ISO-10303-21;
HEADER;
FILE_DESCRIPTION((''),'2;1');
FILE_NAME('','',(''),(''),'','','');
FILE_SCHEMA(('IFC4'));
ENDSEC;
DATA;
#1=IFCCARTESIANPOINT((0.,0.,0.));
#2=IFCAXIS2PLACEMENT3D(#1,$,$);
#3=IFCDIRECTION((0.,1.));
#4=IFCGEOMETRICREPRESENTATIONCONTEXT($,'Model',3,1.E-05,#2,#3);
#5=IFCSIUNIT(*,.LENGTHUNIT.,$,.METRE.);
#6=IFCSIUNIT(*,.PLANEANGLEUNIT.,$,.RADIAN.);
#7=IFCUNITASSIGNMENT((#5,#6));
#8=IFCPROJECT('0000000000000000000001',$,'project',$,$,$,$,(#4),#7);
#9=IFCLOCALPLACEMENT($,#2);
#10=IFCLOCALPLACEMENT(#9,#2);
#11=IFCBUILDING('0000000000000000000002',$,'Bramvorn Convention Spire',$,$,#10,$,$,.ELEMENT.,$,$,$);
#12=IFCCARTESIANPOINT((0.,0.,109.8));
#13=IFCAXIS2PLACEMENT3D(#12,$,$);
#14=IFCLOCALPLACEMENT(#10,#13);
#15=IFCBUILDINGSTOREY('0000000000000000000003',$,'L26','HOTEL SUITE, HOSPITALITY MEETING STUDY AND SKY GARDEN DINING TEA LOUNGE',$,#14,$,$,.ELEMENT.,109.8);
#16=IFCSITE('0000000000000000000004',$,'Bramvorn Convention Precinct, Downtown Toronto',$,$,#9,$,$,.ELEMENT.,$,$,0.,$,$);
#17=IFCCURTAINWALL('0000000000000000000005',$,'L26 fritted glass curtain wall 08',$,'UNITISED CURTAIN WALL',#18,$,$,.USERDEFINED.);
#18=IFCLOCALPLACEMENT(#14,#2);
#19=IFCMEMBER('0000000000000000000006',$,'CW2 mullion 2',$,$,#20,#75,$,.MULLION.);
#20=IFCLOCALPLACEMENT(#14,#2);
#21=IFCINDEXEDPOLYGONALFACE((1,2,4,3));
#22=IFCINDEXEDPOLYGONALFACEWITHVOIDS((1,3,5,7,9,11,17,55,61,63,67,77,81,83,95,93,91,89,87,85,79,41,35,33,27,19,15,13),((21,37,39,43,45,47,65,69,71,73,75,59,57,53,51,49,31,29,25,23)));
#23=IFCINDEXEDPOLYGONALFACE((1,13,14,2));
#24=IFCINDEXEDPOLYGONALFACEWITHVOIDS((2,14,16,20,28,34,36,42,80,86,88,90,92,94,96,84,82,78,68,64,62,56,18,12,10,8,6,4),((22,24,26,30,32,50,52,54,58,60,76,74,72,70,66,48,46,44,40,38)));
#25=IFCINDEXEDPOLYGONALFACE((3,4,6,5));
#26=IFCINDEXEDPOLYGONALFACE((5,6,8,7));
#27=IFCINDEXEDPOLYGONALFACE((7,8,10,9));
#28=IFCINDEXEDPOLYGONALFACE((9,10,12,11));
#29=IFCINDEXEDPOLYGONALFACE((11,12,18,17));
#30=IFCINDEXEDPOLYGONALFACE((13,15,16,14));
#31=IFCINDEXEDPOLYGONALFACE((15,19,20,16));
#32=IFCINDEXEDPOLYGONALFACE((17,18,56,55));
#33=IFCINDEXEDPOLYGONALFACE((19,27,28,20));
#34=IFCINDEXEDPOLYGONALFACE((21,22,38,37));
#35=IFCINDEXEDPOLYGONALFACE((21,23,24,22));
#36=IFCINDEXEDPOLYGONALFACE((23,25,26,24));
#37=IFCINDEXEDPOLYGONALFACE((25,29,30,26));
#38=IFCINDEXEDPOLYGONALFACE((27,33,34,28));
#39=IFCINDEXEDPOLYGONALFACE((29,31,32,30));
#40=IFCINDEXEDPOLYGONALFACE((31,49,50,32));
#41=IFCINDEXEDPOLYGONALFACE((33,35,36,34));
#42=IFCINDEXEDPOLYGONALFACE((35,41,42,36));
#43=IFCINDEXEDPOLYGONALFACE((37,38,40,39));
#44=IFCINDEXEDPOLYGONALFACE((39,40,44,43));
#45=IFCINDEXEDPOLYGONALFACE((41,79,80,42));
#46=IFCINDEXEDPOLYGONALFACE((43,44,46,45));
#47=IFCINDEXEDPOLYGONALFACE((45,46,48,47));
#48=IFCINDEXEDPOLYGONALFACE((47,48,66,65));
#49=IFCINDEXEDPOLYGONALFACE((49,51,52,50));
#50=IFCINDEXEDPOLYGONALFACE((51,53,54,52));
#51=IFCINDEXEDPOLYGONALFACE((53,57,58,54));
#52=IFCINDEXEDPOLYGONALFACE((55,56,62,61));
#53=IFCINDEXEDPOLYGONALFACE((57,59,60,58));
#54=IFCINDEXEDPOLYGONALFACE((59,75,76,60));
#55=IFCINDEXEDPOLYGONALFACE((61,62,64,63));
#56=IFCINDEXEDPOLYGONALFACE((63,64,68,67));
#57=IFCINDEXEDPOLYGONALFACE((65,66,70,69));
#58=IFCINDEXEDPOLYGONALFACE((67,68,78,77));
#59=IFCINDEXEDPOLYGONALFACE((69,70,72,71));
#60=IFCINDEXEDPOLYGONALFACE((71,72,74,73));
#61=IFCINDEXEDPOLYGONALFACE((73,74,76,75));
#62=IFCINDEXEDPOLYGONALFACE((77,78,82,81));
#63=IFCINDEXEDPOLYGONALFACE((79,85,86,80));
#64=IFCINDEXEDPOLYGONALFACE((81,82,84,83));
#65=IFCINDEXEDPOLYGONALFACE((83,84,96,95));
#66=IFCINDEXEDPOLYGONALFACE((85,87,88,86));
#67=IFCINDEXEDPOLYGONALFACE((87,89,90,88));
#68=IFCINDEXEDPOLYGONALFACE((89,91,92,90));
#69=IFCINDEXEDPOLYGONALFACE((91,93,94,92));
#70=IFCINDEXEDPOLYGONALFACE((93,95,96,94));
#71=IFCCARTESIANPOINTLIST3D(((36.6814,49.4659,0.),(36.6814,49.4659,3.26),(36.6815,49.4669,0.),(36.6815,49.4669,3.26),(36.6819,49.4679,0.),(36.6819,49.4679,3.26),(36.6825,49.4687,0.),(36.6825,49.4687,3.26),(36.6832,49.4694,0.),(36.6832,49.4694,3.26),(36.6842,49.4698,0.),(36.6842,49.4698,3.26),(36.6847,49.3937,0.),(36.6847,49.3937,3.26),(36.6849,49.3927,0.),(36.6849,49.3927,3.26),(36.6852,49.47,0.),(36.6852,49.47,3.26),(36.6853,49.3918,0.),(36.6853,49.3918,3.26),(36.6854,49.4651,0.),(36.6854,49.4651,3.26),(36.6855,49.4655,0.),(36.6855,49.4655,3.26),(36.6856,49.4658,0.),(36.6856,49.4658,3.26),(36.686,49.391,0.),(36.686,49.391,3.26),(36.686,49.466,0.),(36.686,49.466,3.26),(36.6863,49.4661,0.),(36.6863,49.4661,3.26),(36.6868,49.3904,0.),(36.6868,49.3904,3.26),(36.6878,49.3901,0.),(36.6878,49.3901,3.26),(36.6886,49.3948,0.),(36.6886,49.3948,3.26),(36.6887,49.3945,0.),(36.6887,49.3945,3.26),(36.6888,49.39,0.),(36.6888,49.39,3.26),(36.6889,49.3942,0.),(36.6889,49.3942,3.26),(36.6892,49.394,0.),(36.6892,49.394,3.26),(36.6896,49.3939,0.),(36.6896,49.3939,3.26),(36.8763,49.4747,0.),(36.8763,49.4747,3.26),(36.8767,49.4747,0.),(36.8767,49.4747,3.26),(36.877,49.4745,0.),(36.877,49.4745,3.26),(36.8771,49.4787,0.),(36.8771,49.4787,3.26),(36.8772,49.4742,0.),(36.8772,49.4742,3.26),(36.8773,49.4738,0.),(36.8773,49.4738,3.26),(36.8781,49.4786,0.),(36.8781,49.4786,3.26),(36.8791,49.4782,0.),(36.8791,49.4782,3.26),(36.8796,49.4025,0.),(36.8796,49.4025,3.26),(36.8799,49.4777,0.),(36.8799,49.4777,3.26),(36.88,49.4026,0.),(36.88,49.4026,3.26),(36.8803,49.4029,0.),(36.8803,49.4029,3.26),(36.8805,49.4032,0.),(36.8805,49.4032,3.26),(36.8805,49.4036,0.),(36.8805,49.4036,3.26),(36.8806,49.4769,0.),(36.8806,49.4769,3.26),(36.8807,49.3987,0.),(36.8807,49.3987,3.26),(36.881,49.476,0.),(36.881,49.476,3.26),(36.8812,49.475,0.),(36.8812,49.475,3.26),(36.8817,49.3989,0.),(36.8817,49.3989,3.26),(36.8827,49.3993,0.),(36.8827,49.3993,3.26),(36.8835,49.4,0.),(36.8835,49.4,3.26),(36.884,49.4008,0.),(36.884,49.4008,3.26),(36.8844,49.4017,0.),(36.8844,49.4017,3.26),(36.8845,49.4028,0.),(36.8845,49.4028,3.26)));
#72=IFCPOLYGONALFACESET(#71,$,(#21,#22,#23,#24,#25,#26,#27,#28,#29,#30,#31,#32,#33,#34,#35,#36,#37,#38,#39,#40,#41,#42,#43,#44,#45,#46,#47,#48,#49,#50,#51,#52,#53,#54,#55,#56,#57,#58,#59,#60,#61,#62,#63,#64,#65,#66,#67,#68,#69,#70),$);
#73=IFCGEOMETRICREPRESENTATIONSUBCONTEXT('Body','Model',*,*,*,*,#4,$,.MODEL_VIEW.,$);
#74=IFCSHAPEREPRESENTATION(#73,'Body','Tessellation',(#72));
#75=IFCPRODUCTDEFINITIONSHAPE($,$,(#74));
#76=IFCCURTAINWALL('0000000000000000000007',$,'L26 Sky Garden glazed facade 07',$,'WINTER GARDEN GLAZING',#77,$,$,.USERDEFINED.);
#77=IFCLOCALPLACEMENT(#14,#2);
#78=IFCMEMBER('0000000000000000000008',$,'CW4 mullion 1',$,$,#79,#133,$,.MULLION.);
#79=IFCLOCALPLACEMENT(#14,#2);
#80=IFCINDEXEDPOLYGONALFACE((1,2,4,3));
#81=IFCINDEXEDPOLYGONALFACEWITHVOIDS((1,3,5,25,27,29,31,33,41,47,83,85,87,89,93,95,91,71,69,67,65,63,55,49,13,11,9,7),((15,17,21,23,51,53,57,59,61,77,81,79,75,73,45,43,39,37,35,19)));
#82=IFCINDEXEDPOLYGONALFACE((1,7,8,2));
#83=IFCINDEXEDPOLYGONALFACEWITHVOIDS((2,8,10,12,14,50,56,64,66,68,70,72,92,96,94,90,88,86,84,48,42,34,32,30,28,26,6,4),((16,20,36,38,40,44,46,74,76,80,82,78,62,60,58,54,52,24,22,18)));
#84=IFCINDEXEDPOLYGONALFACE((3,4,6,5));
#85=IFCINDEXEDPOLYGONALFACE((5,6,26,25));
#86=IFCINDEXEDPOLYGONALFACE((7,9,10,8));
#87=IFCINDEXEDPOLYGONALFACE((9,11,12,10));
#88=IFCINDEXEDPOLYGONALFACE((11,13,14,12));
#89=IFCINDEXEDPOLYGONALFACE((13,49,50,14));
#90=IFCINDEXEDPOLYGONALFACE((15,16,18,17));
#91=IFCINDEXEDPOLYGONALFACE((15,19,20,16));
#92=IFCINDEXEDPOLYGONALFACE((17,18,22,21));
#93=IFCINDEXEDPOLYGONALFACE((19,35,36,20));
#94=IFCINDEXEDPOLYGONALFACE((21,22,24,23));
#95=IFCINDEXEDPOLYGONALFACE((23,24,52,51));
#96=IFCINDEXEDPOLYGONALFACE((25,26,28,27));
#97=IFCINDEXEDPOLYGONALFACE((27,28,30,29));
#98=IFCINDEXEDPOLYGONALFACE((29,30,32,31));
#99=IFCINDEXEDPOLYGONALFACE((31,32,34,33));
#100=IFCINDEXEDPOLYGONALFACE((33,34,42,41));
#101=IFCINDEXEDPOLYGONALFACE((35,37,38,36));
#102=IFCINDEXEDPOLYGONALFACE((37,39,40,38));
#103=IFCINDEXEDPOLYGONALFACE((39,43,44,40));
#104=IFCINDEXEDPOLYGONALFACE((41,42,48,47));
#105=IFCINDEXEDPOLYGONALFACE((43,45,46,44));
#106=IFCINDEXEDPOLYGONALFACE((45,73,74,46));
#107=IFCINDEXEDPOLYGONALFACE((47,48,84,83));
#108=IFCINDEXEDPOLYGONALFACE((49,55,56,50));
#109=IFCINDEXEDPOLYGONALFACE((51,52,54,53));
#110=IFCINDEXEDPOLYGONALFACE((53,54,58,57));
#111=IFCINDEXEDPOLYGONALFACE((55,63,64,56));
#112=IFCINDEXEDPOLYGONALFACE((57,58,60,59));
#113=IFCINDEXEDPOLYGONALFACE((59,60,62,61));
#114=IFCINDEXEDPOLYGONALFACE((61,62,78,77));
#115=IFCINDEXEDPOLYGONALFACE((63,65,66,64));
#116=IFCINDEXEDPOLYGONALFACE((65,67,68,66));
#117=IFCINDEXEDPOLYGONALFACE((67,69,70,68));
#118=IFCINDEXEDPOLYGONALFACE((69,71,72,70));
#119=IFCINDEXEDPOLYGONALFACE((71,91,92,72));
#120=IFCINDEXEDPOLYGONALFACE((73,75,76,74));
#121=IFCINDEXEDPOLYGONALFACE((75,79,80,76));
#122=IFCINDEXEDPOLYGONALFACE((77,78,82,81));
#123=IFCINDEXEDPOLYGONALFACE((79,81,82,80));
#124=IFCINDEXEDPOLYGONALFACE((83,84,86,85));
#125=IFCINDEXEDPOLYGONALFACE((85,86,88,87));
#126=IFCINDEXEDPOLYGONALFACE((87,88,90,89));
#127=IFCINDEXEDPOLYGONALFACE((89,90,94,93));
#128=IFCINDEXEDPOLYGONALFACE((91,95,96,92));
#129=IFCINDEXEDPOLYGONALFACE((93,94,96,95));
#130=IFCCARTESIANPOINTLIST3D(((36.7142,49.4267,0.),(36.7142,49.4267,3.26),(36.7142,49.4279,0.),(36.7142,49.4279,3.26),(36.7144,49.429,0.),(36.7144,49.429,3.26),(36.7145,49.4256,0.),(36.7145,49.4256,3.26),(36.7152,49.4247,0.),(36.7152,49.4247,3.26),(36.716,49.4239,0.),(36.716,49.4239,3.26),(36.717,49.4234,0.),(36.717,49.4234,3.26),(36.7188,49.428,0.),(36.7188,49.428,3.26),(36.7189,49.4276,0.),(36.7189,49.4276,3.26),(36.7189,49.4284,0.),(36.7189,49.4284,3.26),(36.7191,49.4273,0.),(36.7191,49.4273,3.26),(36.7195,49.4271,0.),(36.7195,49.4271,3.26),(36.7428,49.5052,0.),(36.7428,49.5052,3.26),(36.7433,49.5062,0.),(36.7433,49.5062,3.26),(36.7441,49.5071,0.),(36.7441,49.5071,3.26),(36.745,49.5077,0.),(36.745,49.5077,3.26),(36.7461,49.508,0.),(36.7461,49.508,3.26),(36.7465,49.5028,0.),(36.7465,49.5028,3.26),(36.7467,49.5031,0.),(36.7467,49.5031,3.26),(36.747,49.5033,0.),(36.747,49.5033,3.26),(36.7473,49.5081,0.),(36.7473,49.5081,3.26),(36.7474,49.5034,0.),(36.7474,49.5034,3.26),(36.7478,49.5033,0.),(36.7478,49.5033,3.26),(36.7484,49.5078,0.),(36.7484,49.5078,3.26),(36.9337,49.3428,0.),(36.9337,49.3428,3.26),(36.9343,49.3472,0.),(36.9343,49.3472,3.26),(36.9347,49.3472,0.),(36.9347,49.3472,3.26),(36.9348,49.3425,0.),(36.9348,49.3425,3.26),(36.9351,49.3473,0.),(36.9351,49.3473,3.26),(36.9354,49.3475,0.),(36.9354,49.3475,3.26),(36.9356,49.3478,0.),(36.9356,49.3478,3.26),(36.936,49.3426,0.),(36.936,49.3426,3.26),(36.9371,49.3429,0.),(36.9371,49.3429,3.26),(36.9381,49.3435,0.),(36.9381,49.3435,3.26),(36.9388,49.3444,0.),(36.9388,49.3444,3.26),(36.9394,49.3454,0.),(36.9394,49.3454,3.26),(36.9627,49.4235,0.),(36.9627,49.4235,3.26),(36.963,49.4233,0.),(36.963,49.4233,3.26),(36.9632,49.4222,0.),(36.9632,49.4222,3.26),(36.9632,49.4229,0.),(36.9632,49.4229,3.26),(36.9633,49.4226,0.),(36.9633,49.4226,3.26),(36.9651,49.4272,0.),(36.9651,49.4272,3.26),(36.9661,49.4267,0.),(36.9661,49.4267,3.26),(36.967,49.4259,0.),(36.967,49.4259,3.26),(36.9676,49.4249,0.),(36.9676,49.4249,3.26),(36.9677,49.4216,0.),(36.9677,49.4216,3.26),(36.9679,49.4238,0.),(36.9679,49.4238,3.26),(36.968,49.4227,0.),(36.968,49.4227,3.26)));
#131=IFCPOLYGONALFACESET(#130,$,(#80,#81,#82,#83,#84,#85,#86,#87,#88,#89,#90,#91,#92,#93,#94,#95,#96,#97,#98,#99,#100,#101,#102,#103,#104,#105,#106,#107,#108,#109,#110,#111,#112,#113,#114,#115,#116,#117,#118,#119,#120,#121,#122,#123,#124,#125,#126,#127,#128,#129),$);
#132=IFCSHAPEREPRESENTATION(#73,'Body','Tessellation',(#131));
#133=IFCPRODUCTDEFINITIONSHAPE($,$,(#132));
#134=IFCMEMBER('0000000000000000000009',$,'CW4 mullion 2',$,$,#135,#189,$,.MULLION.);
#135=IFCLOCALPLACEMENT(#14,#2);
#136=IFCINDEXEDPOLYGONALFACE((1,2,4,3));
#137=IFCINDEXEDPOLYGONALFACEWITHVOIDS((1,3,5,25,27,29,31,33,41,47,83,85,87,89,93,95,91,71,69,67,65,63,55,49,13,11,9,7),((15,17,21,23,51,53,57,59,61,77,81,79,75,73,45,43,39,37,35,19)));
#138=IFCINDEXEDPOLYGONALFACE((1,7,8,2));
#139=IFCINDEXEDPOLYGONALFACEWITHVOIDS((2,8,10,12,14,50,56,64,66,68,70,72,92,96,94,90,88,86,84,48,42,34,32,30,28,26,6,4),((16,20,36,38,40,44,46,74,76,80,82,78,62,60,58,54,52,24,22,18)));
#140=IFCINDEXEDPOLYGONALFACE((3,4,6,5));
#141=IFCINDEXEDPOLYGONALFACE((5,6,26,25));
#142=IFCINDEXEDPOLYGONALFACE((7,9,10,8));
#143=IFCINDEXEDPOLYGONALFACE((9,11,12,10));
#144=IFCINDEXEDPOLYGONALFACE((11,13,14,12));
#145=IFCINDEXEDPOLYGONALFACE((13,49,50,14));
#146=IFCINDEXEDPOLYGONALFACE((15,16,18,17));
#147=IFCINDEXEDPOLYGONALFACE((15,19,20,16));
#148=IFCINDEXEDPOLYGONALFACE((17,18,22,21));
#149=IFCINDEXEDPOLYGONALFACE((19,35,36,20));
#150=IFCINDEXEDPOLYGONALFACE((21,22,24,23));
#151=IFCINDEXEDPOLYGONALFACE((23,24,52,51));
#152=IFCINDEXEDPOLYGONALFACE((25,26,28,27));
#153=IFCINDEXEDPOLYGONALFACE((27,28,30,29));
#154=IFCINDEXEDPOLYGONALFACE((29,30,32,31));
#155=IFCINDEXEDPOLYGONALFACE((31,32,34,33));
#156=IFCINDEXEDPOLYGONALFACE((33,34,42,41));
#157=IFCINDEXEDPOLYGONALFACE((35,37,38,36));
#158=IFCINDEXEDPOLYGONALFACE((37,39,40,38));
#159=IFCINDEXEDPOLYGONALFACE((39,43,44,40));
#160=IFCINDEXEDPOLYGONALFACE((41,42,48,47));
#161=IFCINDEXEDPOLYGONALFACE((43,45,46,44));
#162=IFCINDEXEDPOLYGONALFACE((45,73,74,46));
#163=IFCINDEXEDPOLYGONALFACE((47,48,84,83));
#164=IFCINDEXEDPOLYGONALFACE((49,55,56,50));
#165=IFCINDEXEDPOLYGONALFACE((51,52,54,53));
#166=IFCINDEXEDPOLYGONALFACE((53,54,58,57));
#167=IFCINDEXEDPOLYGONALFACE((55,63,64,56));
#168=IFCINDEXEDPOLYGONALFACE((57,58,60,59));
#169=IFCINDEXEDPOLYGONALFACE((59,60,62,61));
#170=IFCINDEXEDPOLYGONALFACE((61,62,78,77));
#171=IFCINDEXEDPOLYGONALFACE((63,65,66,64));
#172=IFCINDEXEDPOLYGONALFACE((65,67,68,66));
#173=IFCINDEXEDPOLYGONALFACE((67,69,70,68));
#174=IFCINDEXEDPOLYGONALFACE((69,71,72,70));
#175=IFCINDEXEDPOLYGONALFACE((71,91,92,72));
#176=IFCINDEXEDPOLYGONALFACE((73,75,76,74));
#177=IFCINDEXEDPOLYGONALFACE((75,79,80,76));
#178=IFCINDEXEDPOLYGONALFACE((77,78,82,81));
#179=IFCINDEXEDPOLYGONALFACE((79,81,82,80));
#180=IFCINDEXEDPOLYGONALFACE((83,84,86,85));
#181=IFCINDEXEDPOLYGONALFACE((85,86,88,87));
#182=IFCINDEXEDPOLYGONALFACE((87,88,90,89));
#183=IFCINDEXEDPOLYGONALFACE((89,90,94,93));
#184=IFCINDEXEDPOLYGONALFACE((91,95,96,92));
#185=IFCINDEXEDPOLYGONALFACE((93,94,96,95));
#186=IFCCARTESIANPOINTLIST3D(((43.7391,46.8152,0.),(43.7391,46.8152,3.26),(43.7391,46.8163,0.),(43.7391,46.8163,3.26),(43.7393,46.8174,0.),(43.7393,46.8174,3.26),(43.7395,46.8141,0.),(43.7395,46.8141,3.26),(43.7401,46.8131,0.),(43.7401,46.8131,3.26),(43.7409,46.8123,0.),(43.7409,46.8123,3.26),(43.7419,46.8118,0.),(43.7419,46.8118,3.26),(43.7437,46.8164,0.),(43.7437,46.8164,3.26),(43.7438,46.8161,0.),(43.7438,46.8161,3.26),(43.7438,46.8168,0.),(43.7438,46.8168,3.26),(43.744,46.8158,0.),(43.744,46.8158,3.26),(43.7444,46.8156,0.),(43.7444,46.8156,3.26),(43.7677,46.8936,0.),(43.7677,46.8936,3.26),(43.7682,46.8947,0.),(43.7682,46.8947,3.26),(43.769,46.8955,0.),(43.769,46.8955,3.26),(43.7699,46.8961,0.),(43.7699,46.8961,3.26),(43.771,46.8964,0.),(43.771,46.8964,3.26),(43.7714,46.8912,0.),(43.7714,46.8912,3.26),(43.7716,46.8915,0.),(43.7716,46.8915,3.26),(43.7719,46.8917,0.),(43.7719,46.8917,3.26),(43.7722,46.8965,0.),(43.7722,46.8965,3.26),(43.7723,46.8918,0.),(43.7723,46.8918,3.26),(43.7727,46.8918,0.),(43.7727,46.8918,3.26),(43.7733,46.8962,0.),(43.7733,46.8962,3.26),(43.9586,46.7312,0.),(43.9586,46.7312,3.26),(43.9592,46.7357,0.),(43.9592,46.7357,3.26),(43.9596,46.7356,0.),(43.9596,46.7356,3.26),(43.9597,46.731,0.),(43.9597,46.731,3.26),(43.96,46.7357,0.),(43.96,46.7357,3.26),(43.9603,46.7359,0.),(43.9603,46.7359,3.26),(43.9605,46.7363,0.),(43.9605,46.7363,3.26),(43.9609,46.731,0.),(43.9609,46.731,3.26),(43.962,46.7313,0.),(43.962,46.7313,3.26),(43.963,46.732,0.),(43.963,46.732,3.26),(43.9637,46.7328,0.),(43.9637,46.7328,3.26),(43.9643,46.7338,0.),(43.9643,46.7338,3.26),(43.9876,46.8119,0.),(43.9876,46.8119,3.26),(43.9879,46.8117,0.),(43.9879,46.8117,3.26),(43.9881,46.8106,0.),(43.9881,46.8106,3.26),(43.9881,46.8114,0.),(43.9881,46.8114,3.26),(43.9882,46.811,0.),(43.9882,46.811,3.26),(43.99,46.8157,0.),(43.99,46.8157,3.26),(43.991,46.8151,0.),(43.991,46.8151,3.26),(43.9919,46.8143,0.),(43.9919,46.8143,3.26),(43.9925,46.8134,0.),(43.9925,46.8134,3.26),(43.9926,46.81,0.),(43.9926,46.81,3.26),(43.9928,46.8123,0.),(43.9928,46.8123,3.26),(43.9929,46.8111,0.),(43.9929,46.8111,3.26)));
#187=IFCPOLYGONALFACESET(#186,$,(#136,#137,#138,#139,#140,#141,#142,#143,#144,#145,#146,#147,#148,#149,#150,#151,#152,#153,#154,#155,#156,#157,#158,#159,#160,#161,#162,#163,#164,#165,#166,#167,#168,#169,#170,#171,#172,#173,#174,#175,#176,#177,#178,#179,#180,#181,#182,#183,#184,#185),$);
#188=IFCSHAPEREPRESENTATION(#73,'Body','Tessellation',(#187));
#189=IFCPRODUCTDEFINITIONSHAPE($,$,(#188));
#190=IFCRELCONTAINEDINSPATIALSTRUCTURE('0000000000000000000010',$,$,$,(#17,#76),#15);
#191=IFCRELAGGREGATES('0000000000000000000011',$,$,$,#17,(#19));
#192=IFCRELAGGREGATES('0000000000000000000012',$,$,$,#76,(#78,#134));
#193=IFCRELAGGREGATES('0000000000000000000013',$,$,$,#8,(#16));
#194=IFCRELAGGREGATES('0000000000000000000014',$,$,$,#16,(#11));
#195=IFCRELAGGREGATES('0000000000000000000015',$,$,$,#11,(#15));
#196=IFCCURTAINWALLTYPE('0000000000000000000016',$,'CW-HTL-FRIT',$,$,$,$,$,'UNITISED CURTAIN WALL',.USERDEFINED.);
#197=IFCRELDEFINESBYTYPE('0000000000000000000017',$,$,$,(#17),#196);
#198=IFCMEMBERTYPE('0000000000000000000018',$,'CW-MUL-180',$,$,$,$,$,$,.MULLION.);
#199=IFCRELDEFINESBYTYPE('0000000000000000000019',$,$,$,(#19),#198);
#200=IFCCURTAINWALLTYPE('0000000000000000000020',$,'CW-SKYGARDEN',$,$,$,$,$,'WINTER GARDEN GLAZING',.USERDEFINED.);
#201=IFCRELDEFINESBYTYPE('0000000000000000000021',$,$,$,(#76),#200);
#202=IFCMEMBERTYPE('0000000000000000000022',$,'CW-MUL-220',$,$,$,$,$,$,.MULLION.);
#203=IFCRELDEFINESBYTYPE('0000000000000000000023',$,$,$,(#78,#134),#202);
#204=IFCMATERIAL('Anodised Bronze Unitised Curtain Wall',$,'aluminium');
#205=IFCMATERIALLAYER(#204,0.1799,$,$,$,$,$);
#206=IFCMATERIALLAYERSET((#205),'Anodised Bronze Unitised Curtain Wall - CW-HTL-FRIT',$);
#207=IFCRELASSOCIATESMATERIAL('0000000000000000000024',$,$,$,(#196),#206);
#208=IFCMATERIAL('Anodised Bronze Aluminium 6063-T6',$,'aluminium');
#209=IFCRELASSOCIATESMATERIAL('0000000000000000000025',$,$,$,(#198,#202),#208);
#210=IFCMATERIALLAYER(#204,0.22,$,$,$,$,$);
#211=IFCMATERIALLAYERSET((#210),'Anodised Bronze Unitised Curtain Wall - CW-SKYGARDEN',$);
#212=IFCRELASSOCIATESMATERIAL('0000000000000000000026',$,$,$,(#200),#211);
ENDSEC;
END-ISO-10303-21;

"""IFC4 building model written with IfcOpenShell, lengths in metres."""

from ifc_helpers import new_model, si_unit, direction, frame, origin, origin_2d, place, context, subcontext, project, spatial, hollow_rectangle, extrude, material, layer, layer_set, material_profile, profile_set, type_object, element, aggregate, save


model = new_model("IFC4")

# Units and contexts
model_context = context("Model", 3, precision=1e-05, world=origin(), true_north=direction((0.0, 1.0)))
body_context = subcontext(model_context, "Body", "Model", "MODEL_VIEW")
ifc_project = project(units=[si_unit("LENGTHUNIT", "METRE"), si_unit("PLANEANGLEUNIT", "RADIAN")], contexts=[model_context])

# Site, building, storey
site_placement = place(None, origin())
site = spatial("IfcSite", under=ifc_project, at=site_placement, Name="Bramvorn Convention Precinct, Downtown Toronto", CompositionType="ELEMENT", RefElevation=0.0)
building_placement = place(site_placement, origin())
building = spatial("IfcBuilding", under=site, at=building_placement, Name="Bramvorn Convention Spire", CompositionType="ELEMENT")
storey_placement = place(building_placement, frame((0.0, 0.0, 109.8)))
storey = spatial("IfcBuildingStorey", under=building, at=storey_placement, Name="L26", Description="HOTEL SUITE, HOSPITALITY MEETING STUDY AND SKY GARDEN DINING TEA LOUNGE", CompositionType="ELEMENT", Elevation=109.8)

# Curtain wall, member
ifc_material_1 = material(Name="Anodised Bronze Unitised Curtain Wall", Category="aluminium")
ifc_layer_1 = layer(ifc_material_1, 0.1799)
ifc_layer_set_1 = layer_set([ifc_layer_1], Name="Anodised Bronze Unitised Curtain Wall - CW-HTL-FRIT")
curtain_wall_type_1 = type_object("IfcCurtainWallType", Name="CW-HTL-FRIT", ElementType="UNITISED CURTAIN WALL", PredefinedType="USERDEFINED", material=ifc_layer_set_1)
curtain_wall_1_placement = place(storey_placement, origin())
curtain_wall_1 = element("IfcCurtainWall", 1, at=curtain_wall_1_placement, inside=storey, type_object=curtain_wall_type_1, Name="L26 fritted glass curtain wall 08", ObjectType="UNITISED CURTAIN WALL", PredefinedType="USERDEFINED")
ifc_material_2 = material(Name="Anodised Bronze Aluminium 6063-T6", Category="aluminium")
ifc_material_profile_1 = material_profile(ifc_material_2, hollow_rectangle(XDim=0.0801, YDim=0.2, WallThickness=0.0039, InnerFilletRadius=0.001, OuterFilletRadius=0.0039, at=origin_2d()))
ifc_profile_set_1 = profile_set([ifc_material_profile_1], Name="Anodised Bronze Aluminium 6063-T6 - CWM80X200")
member_type_1 = type_object("IfcMemberType", Name="CW-MUL-180", PredefinedType="MULLION", material=ifc_profile_set_1)
member_1_placement = place(storey_placement, frame((36.783, 49.4343, 0.0), z_axis=(0.0, 0.0, 1.0), x_axis=(-0.045355, 0.998971, 0.0)))
member_1 = element("IfcMember", 2, at=member_1_placement, type_object=member_type_1, Name="CW2 mullion 2", PredefinedType="MULLION", context=body_context, shape_type="SweptSolid", body=[
    extrude(hollow_rectangle(XDim=0.0801, YDim=0.2, WallThickness=0.0039, InnerFilletRadius=0.001, OuterFilletRadius=0.0039, at=origin_2d()), origin(), (0.0, 0.0, 1.0), 3.26),
])

# Curtain wall, members
ifc_layer_2 = layer(ifc_material_1, 0.22)
ifc_layer_set_2 = layer_set([ifc_layer_2], Name="Anodised Bronze Unitised Curtain Wall - CW-SKYGARDEN")
curtain_wall_type_2 = type_object("IfcCurtainWallType", Name="CW-SKYGARDEN", ElementType="WINTER GARDEN GLAZING", PredefinedType="USERDEFINED", material=ifc_layer_set_2)
curtain_wall_2_placement = place(storey_placement, origin())
curtain_wall_2 = element("IfcCurtainWall", 3, at=curtain_wall_2_placement, inside=storey, type_object=curtain_wall_type_2, Name="L26 Sky Garden glazed facade 07", ObjectType="WINTER GARDEN GLAZING", PredefinedType="USERDEFINED")
ifc_material_profile_2 = material_profile(ifc_material_2, hollow_rectangle(XDim=0.0901, YDim=0.24, WallThickness=0.0044, InnerFilletRadius=0.001, OuterFilletRadius=0.0044, at=origin_2d()))
ifc_profile_set_2 = profile_set([ifc_material_profile_2], Name="Anodised Bronze Aluminium 6063-T6 - CWM90X240")
member_type_2 = type_object("IfcMemberType", Name="CW-MUL-220", PredefinedType="MULLION", material=ifc_profile_set_2)
member_2_placement = place(storey_placement, frame((36.8411, 49.4253, 0.0), z_axis=(0.0, 0.0, 1.0), x_axis=(0.348463, 0.937323, 0.0)))
member_2 = element("IfcMember", 4, at=member_2_placement, type_object=member_type_2, Name="CW4 mullion 1", PredefinedType="MULLION", context=body_context, shape_type="SweptSolid", body=[
    extrude(hollow_rectangle(XDim=0.0901, YDim=0.24, WallThickness=0.0044, InnerFilletRadius=0.001, OuterFilletRadius=0.0044, at=origin_2d()), origin(), (0.0, 0.0, 1.0), 3.26),
])
member_3_placement = place(storey_placement, frame((43.866, 46.8137, 0.0), z_axis=(0.0, 0.0, 1.0), x_axis=(0.348463, 0.937323, 0.0)))
member_3 = element("IfcMember", 5, at=member_3_placement, type_object=member_type_2, Name="CW4 mullion 2", PredefinedType="MULLION", context=body_context, shape_type="SweptSolid", body=[
    extrude(hollow_rectangle(XDim=0.0901, YDim=0.24, WallThickness=0.0044, InnerFilletRadius=0.001, OuterFilletRadius=0.0044, at=origin_2d()), origin(), (0.0, 0.0, 1.0), 3.26),
])

aggregate(curtain_wall_1, [member_1])
aggregate(curtain_wall_2, [member_2, member_3])

save(model, "model.ifc")
